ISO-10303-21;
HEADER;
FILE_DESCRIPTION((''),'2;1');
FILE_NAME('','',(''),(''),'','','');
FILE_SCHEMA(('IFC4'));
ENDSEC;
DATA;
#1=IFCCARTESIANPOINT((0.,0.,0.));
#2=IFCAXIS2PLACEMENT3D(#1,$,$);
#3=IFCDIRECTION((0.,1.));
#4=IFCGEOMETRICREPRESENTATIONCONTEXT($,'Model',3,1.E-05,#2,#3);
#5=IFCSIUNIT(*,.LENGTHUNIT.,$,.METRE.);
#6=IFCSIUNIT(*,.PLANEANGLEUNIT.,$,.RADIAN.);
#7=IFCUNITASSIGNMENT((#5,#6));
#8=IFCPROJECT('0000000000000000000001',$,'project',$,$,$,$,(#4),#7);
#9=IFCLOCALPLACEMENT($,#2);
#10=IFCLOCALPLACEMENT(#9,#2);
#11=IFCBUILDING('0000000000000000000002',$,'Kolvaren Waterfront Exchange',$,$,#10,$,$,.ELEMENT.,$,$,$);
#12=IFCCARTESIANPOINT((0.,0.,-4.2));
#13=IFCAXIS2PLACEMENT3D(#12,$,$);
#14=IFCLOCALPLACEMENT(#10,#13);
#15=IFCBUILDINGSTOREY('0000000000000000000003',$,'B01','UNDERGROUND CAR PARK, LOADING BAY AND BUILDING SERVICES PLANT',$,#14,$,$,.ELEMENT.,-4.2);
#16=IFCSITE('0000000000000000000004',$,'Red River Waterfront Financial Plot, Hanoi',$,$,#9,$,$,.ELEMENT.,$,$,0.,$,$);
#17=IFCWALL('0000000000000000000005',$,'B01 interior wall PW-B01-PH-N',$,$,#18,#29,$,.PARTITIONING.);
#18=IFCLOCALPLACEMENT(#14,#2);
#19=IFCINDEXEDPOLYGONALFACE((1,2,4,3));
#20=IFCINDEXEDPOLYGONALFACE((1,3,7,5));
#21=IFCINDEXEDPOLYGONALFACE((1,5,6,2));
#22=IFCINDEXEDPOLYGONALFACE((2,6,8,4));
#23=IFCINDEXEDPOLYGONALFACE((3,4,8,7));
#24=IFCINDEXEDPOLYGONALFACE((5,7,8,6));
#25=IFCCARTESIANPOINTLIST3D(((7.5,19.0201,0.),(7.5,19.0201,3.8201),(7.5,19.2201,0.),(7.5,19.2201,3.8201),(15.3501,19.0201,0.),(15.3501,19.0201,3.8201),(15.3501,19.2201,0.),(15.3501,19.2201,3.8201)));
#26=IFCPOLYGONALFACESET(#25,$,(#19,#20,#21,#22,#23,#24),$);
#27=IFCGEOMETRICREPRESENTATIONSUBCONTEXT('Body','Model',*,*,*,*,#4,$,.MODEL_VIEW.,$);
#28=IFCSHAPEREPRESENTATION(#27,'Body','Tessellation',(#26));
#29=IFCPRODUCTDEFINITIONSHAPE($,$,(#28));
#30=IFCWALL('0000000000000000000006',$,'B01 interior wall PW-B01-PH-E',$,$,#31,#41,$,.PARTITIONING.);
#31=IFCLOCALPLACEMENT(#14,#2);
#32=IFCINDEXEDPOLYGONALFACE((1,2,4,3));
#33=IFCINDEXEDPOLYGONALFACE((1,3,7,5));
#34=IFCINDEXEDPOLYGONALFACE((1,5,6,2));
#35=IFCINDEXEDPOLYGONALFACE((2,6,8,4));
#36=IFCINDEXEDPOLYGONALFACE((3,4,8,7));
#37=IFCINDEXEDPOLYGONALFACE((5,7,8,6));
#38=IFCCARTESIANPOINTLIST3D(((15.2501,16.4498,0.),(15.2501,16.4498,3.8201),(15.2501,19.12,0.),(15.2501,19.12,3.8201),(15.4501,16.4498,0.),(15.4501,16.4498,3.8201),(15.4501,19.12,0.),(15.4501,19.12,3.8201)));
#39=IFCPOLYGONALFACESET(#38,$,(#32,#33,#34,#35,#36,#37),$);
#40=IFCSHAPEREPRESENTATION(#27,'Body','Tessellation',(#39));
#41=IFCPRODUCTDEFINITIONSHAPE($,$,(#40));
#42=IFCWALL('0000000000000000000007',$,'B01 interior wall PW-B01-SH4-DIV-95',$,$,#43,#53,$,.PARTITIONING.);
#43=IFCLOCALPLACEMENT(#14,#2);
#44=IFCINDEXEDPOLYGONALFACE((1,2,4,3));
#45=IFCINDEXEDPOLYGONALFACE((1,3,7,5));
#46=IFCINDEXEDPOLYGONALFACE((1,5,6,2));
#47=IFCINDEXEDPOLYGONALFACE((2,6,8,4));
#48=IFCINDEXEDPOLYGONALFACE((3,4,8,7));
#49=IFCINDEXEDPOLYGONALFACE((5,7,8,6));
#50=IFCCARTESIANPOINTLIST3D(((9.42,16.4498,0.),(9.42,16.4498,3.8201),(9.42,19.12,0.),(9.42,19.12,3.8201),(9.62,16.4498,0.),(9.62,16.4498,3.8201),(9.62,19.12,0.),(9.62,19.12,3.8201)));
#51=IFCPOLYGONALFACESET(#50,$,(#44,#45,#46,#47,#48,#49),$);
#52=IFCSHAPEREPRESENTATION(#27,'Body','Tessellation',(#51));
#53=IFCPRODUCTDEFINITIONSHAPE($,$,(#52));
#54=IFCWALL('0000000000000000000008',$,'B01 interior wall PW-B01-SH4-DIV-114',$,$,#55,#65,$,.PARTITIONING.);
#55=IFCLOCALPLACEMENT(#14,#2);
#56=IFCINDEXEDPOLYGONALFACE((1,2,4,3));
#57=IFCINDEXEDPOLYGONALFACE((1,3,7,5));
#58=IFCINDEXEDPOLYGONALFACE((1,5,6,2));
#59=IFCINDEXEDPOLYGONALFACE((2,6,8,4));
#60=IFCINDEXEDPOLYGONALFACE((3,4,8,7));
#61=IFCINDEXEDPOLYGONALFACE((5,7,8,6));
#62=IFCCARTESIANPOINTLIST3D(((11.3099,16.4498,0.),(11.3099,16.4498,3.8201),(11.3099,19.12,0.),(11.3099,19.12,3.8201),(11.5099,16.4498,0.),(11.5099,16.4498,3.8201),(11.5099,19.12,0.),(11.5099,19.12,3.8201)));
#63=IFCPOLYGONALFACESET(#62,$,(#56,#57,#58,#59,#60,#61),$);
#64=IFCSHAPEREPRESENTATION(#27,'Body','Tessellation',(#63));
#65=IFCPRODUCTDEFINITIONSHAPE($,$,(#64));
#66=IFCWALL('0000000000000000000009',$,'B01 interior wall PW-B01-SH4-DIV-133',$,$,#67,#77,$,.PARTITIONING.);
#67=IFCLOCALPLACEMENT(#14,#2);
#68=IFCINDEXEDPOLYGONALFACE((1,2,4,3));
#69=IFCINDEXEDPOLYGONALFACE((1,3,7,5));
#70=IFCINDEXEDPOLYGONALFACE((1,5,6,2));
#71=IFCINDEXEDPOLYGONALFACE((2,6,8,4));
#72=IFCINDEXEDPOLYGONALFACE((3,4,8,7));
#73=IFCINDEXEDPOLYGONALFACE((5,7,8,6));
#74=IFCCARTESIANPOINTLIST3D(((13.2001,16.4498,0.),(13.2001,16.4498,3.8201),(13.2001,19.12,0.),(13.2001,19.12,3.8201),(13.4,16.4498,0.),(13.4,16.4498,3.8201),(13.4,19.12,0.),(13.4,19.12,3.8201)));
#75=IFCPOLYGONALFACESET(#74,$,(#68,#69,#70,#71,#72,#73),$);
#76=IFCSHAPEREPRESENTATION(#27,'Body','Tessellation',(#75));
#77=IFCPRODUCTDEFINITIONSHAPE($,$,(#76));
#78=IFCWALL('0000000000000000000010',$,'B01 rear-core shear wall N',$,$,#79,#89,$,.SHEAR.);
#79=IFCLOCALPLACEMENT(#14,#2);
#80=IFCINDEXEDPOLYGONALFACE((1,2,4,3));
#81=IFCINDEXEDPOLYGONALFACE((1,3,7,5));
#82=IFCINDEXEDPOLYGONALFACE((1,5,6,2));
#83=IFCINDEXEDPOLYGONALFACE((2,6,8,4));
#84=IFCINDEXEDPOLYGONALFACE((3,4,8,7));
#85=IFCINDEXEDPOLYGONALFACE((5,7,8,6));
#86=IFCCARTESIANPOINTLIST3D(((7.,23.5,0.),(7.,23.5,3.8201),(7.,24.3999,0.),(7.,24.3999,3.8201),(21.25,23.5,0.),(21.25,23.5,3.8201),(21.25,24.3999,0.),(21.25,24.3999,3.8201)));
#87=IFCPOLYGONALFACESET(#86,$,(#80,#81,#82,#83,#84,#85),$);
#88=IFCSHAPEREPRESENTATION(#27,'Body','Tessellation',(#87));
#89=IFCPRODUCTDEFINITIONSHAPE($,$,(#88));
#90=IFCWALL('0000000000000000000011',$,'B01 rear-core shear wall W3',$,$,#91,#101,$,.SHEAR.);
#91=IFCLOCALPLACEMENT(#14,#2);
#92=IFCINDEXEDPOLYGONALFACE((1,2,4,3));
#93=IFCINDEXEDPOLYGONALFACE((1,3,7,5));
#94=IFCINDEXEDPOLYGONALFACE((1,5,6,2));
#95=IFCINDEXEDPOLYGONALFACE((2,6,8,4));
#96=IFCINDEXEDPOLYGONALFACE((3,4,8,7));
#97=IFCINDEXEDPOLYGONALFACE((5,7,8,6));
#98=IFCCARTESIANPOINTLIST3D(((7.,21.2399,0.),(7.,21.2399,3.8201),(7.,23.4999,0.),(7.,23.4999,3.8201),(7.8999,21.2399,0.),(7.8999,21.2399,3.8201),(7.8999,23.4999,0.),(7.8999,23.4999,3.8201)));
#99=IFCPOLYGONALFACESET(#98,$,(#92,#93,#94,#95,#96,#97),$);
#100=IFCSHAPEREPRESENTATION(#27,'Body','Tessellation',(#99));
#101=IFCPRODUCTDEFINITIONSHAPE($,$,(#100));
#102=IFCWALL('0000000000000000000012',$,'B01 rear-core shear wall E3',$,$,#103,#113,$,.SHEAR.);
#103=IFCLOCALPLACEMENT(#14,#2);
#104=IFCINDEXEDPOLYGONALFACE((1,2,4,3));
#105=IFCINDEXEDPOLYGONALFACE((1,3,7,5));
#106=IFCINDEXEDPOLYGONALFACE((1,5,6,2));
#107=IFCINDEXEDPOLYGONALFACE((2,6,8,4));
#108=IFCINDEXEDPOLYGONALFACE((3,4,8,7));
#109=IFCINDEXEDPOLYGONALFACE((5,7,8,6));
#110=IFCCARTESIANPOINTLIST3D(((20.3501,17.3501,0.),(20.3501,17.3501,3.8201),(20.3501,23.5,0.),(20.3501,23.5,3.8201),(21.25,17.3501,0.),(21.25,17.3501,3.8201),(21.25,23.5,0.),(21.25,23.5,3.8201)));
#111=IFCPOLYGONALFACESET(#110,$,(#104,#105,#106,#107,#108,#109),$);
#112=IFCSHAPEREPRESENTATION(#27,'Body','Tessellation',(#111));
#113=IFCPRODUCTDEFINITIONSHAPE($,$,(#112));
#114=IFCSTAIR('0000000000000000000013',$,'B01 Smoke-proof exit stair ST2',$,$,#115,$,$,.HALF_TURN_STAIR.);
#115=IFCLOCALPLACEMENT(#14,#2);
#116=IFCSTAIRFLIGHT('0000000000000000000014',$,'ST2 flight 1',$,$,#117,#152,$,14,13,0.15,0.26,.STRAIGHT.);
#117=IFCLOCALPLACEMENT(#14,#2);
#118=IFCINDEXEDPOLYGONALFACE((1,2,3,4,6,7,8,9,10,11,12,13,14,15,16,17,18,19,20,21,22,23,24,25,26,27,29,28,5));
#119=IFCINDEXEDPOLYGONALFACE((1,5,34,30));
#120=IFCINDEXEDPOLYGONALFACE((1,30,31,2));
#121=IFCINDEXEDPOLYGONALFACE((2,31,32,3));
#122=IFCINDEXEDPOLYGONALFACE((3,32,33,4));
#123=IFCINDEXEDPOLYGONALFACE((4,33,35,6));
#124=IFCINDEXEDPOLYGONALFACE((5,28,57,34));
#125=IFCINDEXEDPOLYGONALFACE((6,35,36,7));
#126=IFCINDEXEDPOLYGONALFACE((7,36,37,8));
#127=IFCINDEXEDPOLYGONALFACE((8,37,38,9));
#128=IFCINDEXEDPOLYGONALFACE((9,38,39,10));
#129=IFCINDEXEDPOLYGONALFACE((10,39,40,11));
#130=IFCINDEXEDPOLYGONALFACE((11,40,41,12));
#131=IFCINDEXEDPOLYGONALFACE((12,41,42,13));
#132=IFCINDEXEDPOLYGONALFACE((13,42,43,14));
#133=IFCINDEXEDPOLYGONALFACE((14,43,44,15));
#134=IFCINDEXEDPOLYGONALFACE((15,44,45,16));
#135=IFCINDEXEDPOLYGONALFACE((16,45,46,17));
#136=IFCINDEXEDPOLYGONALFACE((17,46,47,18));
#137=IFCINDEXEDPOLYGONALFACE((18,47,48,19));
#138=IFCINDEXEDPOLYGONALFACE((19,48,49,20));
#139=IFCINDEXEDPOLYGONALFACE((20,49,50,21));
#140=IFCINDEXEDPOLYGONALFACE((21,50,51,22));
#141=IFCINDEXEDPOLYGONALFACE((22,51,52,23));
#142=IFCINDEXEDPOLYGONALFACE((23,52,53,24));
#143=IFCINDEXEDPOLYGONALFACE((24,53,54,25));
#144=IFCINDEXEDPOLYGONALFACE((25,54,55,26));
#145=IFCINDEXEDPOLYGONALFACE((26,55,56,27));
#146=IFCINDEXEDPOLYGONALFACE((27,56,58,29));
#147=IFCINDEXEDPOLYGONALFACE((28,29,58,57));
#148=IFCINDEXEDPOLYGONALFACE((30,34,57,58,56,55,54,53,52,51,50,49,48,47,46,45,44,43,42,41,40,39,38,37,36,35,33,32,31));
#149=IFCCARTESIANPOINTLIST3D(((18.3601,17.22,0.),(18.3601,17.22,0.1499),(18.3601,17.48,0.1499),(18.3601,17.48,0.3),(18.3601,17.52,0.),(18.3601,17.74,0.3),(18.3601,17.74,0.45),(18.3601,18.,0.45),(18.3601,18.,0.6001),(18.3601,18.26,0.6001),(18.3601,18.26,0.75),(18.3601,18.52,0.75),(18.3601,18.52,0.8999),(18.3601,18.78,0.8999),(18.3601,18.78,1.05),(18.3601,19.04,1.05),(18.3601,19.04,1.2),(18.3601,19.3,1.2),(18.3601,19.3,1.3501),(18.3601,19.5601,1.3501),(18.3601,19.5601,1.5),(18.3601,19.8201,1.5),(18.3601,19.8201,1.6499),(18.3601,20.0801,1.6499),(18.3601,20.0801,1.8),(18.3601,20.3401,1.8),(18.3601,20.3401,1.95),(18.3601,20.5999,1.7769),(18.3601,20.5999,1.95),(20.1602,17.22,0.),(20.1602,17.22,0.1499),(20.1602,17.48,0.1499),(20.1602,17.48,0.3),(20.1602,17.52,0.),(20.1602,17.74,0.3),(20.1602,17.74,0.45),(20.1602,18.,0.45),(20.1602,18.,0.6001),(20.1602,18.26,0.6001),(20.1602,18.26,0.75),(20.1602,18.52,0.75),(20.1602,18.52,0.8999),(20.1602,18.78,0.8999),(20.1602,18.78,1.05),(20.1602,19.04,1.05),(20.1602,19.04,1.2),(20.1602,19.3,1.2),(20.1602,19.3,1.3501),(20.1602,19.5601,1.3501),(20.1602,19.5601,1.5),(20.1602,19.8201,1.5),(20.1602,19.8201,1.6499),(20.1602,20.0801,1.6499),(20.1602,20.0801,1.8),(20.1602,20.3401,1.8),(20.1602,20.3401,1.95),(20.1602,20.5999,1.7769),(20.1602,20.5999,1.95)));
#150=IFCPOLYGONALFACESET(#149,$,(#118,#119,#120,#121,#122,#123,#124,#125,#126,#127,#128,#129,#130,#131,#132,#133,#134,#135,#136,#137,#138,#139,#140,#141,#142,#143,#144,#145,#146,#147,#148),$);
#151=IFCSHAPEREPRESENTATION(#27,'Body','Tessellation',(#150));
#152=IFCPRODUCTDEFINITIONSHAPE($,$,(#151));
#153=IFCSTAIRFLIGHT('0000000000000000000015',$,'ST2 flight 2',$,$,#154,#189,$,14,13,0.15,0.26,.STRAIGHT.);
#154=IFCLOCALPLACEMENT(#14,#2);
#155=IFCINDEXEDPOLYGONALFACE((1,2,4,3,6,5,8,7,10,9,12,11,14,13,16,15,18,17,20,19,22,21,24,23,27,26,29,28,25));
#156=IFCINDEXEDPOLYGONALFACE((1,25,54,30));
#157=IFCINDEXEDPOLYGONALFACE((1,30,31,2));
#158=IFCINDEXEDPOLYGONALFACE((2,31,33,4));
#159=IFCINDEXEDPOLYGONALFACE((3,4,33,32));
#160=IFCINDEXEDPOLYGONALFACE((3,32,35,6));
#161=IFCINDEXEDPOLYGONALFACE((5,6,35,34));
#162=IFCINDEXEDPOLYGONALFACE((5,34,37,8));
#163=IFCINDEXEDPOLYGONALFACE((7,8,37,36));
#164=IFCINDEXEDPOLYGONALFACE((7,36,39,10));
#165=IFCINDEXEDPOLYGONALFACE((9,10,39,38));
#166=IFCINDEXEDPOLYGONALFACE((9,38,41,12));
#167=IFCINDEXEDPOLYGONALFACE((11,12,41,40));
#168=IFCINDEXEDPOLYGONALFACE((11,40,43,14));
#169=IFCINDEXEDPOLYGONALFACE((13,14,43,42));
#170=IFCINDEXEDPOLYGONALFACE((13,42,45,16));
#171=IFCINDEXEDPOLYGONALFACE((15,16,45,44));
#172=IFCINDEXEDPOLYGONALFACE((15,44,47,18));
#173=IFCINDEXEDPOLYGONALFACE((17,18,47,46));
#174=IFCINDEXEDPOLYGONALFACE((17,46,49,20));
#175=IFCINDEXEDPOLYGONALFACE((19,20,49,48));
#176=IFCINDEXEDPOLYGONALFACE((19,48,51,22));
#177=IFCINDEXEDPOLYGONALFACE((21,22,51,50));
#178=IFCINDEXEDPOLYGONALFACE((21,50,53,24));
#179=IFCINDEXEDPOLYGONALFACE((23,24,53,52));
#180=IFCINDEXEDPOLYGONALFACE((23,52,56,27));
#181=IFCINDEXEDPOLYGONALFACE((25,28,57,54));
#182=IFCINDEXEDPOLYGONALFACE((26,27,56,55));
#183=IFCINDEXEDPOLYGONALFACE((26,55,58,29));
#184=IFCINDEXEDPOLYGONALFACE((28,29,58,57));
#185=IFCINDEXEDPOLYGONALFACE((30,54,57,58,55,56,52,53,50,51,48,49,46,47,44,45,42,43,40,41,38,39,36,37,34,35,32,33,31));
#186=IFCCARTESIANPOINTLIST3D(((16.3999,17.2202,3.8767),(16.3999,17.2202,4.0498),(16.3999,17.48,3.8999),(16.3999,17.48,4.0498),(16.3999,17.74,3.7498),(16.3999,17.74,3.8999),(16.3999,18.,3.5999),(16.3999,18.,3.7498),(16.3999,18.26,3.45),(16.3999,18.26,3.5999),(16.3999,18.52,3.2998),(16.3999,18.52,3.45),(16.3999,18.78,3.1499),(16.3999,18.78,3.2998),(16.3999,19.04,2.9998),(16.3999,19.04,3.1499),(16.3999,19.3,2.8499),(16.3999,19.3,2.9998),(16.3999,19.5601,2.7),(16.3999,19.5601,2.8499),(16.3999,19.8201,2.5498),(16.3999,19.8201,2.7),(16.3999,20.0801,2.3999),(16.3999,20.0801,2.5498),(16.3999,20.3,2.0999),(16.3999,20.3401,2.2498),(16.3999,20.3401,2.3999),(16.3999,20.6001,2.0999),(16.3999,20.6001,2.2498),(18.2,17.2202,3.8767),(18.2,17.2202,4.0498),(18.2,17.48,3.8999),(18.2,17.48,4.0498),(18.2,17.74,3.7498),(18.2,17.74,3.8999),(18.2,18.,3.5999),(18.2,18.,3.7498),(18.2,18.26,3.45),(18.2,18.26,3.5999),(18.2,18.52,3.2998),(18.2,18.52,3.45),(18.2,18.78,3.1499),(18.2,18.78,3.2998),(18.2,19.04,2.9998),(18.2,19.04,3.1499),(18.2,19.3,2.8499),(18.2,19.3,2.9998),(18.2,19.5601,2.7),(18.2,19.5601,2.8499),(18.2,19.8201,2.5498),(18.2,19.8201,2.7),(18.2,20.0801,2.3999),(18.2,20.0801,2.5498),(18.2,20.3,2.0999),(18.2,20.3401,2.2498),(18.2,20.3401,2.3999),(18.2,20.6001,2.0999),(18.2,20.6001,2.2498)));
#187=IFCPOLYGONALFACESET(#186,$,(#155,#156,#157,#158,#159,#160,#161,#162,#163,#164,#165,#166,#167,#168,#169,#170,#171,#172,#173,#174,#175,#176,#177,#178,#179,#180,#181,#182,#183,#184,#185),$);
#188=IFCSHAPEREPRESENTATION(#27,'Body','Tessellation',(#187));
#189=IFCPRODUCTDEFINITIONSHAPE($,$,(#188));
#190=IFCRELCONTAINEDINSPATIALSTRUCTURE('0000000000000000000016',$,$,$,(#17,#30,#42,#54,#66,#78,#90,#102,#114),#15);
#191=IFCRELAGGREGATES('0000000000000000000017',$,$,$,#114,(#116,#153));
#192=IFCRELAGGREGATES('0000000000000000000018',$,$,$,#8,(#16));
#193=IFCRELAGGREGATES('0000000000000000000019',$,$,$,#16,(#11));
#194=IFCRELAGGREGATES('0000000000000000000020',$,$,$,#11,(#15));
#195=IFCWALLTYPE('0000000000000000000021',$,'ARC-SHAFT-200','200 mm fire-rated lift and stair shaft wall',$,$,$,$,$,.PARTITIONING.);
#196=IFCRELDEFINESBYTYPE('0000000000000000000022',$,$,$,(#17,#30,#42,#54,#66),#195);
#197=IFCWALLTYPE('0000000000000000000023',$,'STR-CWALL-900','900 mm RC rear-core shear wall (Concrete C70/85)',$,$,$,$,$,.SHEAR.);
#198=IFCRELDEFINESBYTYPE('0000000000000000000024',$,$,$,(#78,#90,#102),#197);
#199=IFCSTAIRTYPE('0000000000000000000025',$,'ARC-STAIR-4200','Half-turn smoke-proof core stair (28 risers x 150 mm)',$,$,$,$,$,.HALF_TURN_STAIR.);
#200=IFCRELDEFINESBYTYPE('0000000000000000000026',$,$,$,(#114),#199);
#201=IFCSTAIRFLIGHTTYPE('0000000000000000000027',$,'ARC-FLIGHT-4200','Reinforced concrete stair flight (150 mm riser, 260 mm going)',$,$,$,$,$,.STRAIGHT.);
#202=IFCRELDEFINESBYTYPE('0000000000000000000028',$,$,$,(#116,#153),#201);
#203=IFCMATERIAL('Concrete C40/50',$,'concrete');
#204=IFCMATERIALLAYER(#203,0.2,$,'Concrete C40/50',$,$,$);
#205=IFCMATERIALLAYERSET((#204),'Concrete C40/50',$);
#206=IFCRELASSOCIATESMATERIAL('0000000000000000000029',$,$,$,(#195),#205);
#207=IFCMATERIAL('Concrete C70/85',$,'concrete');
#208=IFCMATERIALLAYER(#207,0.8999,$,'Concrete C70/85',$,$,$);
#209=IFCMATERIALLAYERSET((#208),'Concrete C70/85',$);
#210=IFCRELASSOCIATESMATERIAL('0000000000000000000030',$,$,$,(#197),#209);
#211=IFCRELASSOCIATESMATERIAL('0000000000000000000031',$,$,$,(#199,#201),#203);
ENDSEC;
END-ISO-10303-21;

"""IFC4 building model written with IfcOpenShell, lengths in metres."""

from ifc_helpers import new_model, si_unit, direction, frame, frame_2d, origin, place, context, subcontext, project, spatial, polyline, rectangle, outline, extrude, material, layer, layer_set, type_object, element, aggregate, save


model = new_model("IFC4")

# Units and contexts
model_context = context("Model", 3, precision=1e-05, world=origin(), true_north=direction((0.0, 1.0)))
body_context = subcontext(model_context, "Body", "Model", "MODEL_VIEW")
ifc_project = project(units=[si_unit("LENGTHUNIT", "METRE"), si_unit("PLANEANGLEUNIT", "RADIAN")], contexts=[model_context])

# Site, building, storey
site_placement = place(None, origin())
site = spatial("IfcSite", under=ifc_project, at=site_placement, Name="Red River Waterfront Financial Plot, Hanoi", CompositionType="ELEMENT", RefElevation=0.0)
building_placement = place(site_placement, origin())
building = spatial("IfcBuilding", under=site, at=building_placement, Name="Kolvaren Waterfront Exchange", CompositionType="ELEMENT")
storey_placement = place(building_placement, frame((0.0, 0.0, -4.2)))
storey = spatial("IfcBuildingStorey", under=building, at=storey_placement, Name="B01", Description="UNDERGROUND CAR PARK, LOADING BAY AND BUILDING SERVICES PLANT", CompositionType="ELEMENT", Elevation=-4.2)

# Shared definitions
ifc_material_1 = material(Name="Concrete C70/85", Category="concrete")

# Shared definitions
ifc_material_2 = material(Name="Concrete C40/50", Category="concrete")

# Walls
ifc_layer_1 = layer(ifc_material_2, 0.2, Name="Concrete C40/50")
ifc_layer_set_1 = layer_set([ifc_layer_1], Name="Concrete C40/50")
wall_type_1 = type_object("IfcWallType", Name="ARC-SHAFT-200", Description="200 mm fire-rated lift and stair shaft wall", PredefinedType="PARTITIONING", material=ifc_layer_set_1)
wall_1_placement = place(storey_placement, frame((7.5, 19.1201, 0.0), z_axis=(0.0, 0.0, 1.0), x_axis=(1.0, 0.0, 0.0)))
element("IfcWall", 1, at=wall_1_placement, inside=storey, type_object=wall_type_1, Name="B01 interior wall PW-B01-PH-N", PredefinedType="PARTITIONING", context=body_context, shape_type="SweptSolid", body=[
    extrude(rectangle(XDim=7.8501, YDim=0.2, at=frame_2d((3.925, 0.0))), origin(), (0.0, 0.0, 1.0), 3.8201),
])
for number, where, z_axis, x_axis, name in (
    (2, (15.3501, 16.45, 0.0), (0.0, 0.0, 1.0), (0.0, 1.0, 0.0), "B01 interior wall PW-B01-PH-E"),
    (3, (9.52, 16.45, 0.0), (0.0, 0.0, 1.0), (0.0, 1.0, 0.0), "B01 interior wall PW-B01-SH4-DIV-95"),
    (4, (11.4099, 16.45, 0.0), (0.0, 0.0, 1.0), (0.0, 1.0, 0.0), "B01 interior wall PW-B01-SH4-DIV-114"),
    (5, (13.3, 16.45, 0.0), (0.0, 0.0, 1.0), (0.0, 1.0, 0.0), "B01 interior wall PW-B01-SH4-DIV-133"),
):
    element("IfcWall", number, at=place(storey_placement, frame(where, z_axis=z_axis, x_axis=x_axis)), inside=storey, type_object=wall_type_1, Name=name, PredefinedType="PARTITIONING", context=body_context, shape_type="SweptSolid", body=[
        extrude(rectangle(XDim=2.6702, YDim=0.2, at=frame_2d((1.335, 0.0))), origin(), (0.0, 0.0, 1.0), 3.8201),
    ])
ifc_layer_2 = layer(ifc_material_1, 0.8999, Name="Concrete C70/85")
ifc_layer_set_2 = layer_set([ifc_layer_2], Name="Concrete C70/85")
wall_type_2 = type_object("IfcWallType", Name="STR-CWALL-900", Description="900 mm RC rear-core shear wall (Concrete C70/85)", PredefinedType="SHEAR", material=ifc_layer_set_2)
wall_2_placement = place(storey_placement, frame((7.0, 23.95, 0.0), z_axis=(0.0, 0.0, 1.0), x_axis=(1.0, 0.0, 0.0)))
element("IfcWall", 6, at=wall_2_placement, inside=storey, type_object=wall_type_2, Name="B01 rear-core shear wall N", PredefinedType="SHEAR", context=body_context, shape_type="SweptSolid", body=[
    extrude(rectangle(XDim=14.25, YDim=0.8999, at=frame_2d((7.125, 0.0))), origin(), (0.0, 0.0, 1.0), 3.8201),
])
wall_3_placement = place(storey_placement, frame((7.45, 21.24, 0.0), z_axis=(0.0, 0.0, 1.0), x_axis=(0.0, 1.0, 0.0)))
element("IfcWall", 7, at=wall_3_placement, inside=storey, type_object=wall_type_2, Name="B01 rear-core shear wall W3", PredefinedType="SHEAR", context=body_context, shape_type="SweptSolid", body=[
    extrude(rectangle(XDim=2.26, YDim=0.8999, at=frame_2d((1.1299, 0.0))), origin(), (0.0, 0.0, 1.0), 3.8201),
])
wall_4_placement = place(storey_placement, frame((20.8, 17.3501, 0.0), z_axis=(0.0, 0.0, 1.0), x_axis=(0.0, 1.0, 0.0)))
element("IfcWall", 8, at=wall_4_placement, inside=storey, type_object=wall_type_2, Name="B01 rear-core shear wall E3", PredefinedType="SHEAR", context=body_context, shape_type="SweptSolid", body=[
    extrude(rectangle(XDim=6.1499, YDim=0.8999, at=frame_2d((3.075, 0.0))), origin(), (0.0, 0.0, 1.0), 3.8201),
])

# Stair, stair flights
stair_type = type_object("IfcStairType", Name="ARC-STAIR-4200", Description="Half-turn smoke-proof core stair (28 risers x 150 mm)", PredefinedType="HALF_TURN_STAIR", material=ifc_material_2)
stair_placement = place(storey_placement, origin())
stair = element("IfcStair", 9, at=stair_placement, inside=storey, type_object=stair_type, Name="B01 Smoke-proof exit stair ST2", PredefinedType="HALF_TURN_STAIR")
stair_flight_type = type_object("IfcStairFlightType", Name="ARC-FLIGHT-4200", Description="Reinforced concrete stair flight (150 mm riser, 260 mm going)", PredefinedType="STRAIGHT", material=ifc_material_2)
stair_flight_1_placement = place(storey_placement, frame((19.26, 17.22, 0.0), z_axis=(0.0, 0.0, 1.0), x_axis=(0.0, 1.0, 0.0)))
stair_flight_1 = element("IfcStairFlight", 10, at=stair_flight_1_placement, type_object=stair_flight_type, Name="ST2 flight 1", NumberOfRisers=14, NumberOfTreads=13, PredefinedType="STRAIGHT", RiserHeight=0.15, TreadLength=0.26, context=body_context, shape_type="SweptSolid", body=[
    extrude(outline(polyline([(0.0, 0.0), (0.0, 0.1499), (0.26, 0.1499), (0.26, 0.3), (0.52, 0.3), (0.52, 0.45), (0.78, 0.45), (0.78, 0.6001), (1.04, 0.6001), (1.04, 0.75), (1.3, 0.75), (1.3, 0.8999), (1.5601, 0.8999), (1.5601, 1.05), (1.8201, 1.05), (1.8201, 1.2), (2.0801, 1.2), (2.0801, 1.3501), (2.3401, 1.3501), (2.3401, 1.5), (2.6001, 1.5), (2.6001, 1.6499), (2.8601, 1.6499), (2.8601, 1.8), (3.1201, 1.8), (3.1201, 1.95), (3.3799, 1.95), (3.3799, 2.1001), (3.3799, 1.7769), (0.3, 0.0), (0.0, 0.0)])), frame((0.0, 0.8999, 0.0), z_axis=(0.0, -1.0, 0.0), x_axis=(1.0, 0.0, 0.0)), (0.0, 0.0, 1.0), 1.8),
])
stair_flight_2_placement = place(storey_placement, frame((17.3, 20.6001, 2.0999), z_axis=(0.0, 0.0, 1.0), x_axis=(0.0, -1.0, 0.0)))
stair_flight_2 = element("IfcStairFlight", 11, at=stair_flight_2_placement, type_object=stair_flight_type, Name="ST2 flight 2", NumberOfRisers=14, NumberOfTreads=13, PredefinedType="STRAIGHT", RiserHeight=0.15, TreadLength=0.26, context=body_context, shape_type="SweptSolid", body=[
    extrude(outline(polyline([(0.0, 0.0), (0.0, 0.1499), (0.26, 0.1499), (0.26, 0.3), (0.52, 0.3), (0.52, 0.45), (0.78, 0.45), (0.78, 0.6001), (1.04, 0.6001), (1.04, 0.75), (1.3, 0.75), (1.3, 0.8999), (1.5601, 0.8999), (1.5601, 1.05), (1.8201, 1.05), (1.8201, 1.2), (2.0801, 1.2), (2.0801, 1.3501), (2.3401, 1.3501), (2.3401, 1.5), (2.6001, 1.5), (2.6001, 1.6499), (2.8601, 1.6499), (2.8601, 1.8), (3.1201, 1.8), (3.1201, 1.95), (3.3799, 1.95), (3.3799, 2.1001), (3.3799, 1.7769), (0.3, 0.0), (0.0, 0.0)])), frame((0.0, 0.8999, 0.0), z_axis=(0.0, -1.0, 0.0), x_axis=(1.0, 0.0, 0.0)), (0.0, 0.0, 1.0), 1.8),
])
aggregate(stair, [stair_flight_1, stair_flight_2])

save(model, "model.ifc")
